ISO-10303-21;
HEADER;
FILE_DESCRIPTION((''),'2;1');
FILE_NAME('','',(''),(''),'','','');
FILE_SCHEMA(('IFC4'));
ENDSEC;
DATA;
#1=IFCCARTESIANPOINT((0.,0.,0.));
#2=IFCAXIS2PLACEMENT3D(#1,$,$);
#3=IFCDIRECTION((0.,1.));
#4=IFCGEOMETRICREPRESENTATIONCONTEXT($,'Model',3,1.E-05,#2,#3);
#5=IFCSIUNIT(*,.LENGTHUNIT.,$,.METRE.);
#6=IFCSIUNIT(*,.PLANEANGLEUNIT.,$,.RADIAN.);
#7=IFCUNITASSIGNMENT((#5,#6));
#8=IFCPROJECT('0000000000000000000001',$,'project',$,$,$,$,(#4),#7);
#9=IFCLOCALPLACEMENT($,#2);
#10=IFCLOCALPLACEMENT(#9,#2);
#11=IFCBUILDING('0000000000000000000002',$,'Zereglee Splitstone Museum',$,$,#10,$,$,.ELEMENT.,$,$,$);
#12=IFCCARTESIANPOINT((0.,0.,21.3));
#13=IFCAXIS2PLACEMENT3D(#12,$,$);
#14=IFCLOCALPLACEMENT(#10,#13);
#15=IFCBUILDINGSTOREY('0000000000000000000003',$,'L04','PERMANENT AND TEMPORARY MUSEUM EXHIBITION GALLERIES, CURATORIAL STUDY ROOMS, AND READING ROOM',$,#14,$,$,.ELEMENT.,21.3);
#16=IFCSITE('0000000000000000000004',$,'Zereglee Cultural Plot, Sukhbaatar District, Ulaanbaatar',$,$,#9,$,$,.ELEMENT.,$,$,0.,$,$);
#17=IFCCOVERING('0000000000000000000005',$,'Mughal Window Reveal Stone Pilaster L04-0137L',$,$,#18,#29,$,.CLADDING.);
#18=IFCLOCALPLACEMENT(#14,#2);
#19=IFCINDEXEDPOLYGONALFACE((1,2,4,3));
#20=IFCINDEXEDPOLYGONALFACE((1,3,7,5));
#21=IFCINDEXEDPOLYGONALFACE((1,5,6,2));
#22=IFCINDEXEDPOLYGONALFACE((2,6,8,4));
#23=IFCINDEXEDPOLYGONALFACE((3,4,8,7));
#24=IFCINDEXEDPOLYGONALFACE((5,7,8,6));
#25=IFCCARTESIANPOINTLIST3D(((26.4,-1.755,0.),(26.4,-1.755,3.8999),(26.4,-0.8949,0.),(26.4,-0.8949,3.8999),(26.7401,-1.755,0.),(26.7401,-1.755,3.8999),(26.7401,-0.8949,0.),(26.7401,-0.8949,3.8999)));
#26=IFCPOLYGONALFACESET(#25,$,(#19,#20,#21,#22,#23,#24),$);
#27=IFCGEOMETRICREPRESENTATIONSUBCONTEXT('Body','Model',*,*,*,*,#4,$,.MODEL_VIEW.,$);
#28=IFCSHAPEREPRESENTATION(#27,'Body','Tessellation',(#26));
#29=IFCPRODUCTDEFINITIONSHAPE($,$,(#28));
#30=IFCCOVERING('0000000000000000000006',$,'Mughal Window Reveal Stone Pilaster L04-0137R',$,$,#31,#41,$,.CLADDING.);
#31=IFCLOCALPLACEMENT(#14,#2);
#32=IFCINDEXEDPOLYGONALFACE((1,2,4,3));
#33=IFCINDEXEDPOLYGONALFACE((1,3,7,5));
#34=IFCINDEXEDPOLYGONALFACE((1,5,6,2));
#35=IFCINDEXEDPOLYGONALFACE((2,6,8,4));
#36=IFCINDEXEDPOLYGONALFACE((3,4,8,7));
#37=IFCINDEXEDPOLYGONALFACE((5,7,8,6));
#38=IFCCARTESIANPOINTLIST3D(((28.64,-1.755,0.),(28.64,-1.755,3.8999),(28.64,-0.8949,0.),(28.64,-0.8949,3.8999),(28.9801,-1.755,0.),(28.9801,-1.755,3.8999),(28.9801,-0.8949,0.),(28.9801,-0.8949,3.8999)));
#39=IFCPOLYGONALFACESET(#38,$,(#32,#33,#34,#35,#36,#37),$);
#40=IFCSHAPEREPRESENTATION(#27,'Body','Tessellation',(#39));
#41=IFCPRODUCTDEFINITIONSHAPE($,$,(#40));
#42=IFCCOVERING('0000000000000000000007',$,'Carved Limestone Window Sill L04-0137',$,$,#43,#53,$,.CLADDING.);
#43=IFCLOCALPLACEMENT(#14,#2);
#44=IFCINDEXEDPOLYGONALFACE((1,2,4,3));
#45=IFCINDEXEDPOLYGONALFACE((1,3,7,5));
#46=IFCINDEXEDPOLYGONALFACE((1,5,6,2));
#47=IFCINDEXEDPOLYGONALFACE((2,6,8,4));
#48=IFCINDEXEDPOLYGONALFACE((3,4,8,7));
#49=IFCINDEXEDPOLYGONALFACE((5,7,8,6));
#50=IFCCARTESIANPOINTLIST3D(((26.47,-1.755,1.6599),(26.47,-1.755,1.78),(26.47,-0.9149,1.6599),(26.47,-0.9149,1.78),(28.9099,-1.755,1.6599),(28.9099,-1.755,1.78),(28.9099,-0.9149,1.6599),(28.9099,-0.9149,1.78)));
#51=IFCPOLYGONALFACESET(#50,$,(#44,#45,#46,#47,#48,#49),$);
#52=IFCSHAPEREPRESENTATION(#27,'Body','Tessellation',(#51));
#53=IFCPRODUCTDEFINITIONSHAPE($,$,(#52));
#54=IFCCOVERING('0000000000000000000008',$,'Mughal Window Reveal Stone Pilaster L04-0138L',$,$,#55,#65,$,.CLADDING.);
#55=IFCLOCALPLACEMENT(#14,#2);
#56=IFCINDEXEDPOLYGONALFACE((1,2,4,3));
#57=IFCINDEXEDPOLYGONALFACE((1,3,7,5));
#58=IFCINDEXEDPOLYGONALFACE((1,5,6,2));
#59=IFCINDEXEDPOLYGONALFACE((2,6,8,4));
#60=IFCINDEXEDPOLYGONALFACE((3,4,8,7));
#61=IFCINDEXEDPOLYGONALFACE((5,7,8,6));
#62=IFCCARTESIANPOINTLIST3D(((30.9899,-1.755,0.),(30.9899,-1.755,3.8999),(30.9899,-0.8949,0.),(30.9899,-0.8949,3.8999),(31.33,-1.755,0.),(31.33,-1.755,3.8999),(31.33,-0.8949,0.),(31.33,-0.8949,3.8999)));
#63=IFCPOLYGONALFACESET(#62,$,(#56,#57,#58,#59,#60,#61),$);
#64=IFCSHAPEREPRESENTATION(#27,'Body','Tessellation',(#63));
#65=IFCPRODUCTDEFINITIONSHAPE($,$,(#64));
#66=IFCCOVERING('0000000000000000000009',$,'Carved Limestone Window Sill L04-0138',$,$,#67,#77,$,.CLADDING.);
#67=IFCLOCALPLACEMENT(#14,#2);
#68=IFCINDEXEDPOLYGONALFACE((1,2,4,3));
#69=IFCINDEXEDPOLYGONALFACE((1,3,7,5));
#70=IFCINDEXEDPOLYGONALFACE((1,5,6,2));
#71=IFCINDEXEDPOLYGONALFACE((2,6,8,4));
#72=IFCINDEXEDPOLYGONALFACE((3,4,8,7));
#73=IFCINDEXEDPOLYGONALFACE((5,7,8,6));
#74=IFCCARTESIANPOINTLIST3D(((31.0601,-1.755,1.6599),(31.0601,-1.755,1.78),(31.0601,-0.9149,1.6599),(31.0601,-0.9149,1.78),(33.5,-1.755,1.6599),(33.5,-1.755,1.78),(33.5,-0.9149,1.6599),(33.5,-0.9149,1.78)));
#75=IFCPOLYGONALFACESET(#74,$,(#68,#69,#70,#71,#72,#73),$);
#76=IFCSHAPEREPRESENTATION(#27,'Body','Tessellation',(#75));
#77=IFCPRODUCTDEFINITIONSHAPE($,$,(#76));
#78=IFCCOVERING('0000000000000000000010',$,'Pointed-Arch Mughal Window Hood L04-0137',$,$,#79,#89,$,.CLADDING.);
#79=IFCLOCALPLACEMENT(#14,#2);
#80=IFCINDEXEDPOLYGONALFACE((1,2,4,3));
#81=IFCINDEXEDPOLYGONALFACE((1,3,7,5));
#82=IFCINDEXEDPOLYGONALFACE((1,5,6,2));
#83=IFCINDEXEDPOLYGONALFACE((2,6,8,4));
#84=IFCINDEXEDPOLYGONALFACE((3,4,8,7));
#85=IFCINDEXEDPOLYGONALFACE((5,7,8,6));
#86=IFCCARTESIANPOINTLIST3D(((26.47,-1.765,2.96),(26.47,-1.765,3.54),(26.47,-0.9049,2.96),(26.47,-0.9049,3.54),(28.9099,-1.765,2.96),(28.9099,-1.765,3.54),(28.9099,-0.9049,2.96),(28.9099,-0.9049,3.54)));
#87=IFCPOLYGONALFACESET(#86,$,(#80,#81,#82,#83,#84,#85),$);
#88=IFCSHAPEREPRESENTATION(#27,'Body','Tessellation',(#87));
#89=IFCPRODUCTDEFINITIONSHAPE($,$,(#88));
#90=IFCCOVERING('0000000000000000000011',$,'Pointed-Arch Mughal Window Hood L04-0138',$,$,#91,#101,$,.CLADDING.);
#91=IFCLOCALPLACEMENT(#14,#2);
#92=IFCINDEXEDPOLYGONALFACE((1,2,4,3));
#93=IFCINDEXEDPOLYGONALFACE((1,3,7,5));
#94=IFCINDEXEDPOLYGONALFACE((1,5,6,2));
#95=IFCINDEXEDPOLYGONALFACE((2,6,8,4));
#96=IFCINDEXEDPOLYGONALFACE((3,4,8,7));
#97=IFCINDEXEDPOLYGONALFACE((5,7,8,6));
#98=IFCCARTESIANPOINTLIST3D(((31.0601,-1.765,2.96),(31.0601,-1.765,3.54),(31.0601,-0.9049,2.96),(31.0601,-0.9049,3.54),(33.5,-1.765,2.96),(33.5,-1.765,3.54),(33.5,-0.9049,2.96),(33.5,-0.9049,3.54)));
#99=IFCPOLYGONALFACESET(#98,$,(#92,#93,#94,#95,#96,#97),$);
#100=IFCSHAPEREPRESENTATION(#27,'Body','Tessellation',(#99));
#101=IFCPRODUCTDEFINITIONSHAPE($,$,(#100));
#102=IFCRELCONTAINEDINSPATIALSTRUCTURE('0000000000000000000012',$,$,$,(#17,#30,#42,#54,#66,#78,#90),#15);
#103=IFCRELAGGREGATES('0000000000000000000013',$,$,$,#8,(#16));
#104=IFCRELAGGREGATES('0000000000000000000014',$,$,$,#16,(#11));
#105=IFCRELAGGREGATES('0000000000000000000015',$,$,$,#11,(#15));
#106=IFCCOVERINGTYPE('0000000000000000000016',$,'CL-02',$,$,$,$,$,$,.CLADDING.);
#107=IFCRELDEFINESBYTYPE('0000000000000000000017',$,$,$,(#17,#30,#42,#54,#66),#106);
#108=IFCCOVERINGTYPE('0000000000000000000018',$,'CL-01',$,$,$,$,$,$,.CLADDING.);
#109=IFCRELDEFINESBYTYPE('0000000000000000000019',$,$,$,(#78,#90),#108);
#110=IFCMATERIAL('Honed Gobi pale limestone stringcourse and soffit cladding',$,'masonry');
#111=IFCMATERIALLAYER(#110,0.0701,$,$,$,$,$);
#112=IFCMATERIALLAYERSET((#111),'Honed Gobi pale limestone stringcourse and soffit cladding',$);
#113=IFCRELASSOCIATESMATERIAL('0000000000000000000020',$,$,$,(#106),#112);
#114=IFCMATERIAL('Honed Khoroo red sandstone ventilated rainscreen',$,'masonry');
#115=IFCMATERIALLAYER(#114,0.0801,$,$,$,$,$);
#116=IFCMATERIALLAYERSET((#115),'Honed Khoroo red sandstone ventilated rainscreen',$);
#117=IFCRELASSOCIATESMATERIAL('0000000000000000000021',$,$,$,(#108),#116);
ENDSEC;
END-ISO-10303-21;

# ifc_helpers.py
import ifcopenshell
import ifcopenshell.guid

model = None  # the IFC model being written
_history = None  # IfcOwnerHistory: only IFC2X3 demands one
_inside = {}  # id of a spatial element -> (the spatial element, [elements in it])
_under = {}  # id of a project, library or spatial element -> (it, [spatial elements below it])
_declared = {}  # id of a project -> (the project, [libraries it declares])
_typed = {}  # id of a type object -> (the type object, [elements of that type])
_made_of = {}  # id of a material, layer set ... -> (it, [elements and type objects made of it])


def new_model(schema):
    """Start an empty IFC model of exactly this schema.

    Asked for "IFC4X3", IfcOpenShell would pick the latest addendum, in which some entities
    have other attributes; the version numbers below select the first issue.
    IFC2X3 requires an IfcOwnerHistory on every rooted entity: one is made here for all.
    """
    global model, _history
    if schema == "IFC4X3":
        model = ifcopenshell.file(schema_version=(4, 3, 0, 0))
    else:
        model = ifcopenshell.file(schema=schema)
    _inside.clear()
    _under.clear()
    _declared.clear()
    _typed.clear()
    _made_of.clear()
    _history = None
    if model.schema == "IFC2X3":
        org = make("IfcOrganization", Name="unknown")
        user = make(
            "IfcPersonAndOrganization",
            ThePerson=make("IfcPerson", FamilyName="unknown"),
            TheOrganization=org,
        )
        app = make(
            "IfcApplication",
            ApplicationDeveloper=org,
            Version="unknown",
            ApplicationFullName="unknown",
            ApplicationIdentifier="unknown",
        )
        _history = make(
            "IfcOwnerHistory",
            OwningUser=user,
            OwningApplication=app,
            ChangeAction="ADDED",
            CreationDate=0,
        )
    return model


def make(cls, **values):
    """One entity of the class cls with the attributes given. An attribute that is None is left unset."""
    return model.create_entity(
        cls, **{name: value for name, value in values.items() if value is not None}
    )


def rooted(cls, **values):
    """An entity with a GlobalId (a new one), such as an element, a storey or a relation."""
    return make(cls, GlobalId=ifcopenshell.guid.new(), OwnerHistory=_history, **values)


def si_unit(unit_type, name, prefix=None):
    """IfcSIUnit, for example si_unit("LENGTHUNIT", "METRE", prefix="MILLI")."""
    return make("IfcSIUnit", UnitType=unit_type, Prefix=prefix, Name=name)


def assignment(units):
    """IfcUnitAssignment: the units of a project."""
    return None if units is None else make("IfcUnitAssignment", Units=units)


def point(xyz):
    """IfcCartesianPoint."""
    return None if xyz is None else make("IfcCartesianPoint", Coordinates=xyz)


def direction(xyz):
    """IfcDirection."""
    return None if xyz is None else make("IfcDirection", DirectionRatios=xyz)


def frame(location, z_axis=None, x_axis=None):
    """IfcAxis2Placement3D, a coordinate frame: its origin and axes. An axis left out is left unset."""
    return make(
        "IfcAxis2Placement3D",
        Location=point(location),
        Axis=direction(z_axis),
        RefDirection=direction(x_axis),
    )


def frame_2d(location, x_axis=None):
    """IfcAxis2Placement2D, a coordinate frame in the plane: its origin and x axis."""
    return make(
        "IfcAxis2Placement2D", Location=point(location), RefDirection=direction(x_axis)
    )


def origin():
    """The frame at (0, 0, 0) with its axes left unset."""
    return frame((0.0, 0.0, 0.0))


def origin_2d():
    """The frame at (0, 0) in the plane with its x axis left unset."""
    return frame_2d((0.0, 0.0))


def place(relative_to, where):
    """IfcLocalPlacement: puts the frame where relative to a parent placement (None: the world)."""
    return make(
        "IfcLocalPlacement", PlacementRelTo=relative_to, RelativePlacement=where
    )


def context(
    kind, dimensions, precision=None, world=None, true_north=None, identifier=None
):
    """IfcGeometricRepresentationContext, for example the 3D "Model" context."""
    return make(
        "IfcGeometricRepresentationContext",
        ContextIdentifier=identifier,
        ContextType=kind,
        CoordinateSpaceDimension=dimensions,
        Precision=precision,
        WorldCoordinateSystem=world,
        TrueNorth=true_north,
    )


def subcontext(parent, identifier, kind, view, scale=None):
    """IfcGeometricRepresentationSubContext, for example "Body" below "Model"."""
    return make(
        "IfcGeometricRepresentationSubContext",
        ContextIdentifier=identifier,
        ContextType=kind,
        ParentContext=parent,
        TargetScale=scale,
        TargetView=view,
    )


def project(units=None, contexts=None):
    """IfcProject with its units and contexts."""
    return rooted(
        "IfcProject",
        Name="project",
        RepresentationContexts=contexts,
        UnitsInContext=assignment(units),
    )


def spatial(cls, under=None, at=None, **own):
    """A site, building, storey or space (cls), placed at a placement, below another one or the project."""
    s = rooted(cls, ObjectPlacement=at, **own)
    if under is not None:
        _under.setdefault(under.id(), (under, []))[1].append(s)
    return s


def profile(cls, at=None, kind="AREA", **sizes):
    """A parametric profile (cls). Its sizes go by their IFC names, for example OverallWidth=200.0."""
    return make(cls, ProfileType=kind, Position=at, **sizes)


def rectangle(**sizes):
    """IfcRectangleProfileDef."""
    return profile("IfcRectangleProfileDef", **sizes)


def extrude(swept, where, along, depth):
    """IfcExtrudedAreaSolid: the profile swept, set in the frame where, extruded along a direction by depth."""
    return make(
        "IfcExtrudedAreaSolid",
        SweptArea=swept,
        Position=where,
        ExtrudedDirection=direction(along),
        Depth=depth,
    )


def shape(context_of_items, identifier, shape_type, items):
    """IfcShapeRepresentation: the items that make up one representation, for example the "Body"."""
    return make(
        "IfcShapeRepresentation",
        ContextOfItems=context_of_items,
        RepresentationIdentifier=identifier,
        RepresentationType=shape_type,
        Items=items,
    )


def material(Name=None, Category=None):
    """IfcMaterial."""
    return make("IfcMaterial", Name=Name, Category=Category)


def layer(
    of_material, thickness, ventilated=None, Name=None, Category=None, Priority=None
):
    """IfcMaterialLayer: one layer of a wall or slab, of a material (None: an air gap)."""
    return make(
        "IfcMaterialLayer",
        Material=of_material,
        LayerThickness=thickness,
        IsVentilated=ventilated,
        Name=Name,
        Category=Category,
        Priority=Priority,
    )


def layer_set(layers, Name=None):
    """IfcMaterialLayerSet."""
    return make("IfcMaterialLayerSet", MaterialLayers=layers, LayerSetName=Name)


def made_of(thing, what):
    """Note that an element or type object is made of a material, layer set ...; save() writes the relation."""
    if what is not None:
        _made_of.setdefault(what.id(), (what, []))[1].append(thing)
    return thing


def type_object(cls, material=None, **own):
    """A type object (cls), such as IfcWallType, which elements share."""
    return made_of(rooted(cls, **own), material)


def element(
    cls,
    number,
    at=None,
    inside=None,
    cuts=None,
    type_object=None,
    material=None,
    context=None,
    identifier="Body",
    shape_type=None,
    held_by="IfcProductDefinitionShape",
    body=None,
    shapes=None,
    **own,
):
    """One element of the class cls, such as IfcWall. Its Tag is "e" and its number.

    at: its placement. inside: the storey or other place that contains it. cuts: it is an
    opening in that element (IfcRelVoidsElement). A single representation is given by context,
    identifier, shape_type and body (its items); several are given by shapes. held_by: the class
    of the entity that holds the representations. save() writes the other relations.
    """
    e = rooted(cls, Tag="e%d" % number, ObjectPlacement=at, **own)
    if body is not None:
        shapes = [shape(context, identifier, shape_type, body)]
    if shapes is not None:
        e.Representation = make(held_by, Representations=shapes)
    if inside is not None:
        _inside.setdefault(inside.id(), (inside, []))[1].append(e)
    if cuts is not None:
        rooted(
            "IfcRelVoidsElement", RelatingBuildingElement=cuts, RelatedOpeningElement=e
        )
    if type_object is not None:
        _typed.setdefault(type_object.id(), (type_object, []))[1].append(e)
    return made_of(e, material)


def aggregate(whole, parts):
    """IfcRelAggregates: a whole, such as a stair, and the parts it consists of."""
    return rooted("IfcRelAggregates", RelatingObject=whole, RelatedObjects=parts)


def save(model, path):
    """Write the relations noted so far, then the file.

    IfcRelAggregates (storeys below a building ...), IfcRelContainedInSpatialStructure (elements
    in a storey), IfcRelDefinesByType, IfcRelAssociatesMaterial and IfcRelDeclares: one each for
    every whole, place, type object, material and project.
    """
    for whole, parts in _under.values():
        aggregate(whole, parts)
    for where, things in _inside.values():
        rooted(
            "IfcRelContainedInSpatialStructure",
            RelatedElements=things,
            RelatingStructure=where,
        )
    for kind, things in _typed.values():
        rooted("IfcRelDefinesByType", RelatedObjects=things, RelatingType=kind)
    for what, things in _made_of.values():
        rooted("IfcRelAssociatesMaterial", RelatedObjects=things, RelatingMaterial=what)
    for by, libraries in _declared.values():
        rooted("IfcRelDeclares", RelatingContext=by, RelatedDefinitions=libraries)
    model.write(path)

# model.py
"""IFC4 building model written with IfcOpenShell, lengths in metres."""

from ifc_helpers import new_model, si_unit, direction, frame, origin, origin_2d, place, context, subcontext, project, spatial, rectangle, extrude, material, layer, layer_set, type_object, element, save


model = new_model("IFC4")

# Units and contexts
model_context = context("Model", 3, precision=1e-05, world=origin(), true_north=direction((0.0, 1.0)))
body_context = subcontext(model_context, "Body", "Model", "MODEL_VIEW")
ifc_project = project(units=[si_unit("LENGTHUNIT", "METRE"), si_unit("PLANEANGLEUNIT", "RADIAN")], contexts=[model_context])

# Site, building, storey
site_placement = place(None, origin())
site = spatial("IfcSite", under=ifc_project, at=site_placement, Name="Zereglee Cultural Plot, Sukhbaatar District, Ulaanbaatar", CompositionType="ELEMENT", RefElevation=0.0)
building_placement = place(site_placement, origin())
building = spatial("IfcBuilding", under=site, at=building_placement, Name="Zereglee Splitstone Museum", CompositionType="ELEMENT")
storey_placement = place(building_placement, frame((0.0, 0.0, 21.3)))
storey = spatial("IfcBuildingStorey", under=building, at=storey_placement, Name="L04", Description="PERMANENT AND TEMPORARY MUSEUM EXHIBITION GALLERIES, CURATORIAL STUDY ROOMS, AND READING ROOM", CompositionType="ELEMENT", Elevation=21.3)

# Coverings
ifc_material_1 = material(Name="Honed Gobi pale limestone stringcourse and soffit cladding", Category="masonry")
ifc_layer_1 = layer(ifc_material_1, 0.0701)
ifc_layer_set_1 = layer_set([ifc_layer_1], Name="Honed Gobi pale limestone stringcourse and soffit cladding")
covering_type_1 = type_object("IfcCoveringType", Name="CL-02", PredefinedType="CLADDING", material=ifc_layer_set_1)
for number, where, z_axis, x_axis, name in (
    (1, (26.5701, -1.325, 0.0), (0.0, 0.0, 1.0), (1.0, 0.0, 0.0), "Mughal Window Reveal Stone Pilaster L04-0137L"),
    (2, (28.8101, -1.325, 0.0), (0.0, 0.0, 1.0), (1.0, 0.0, 0.0), "Mughal Window Reveal Stone Pilaster L04-0137R"),
):
    element("IfcCovering", number, at=place(storey_placement, frame(where, z_axis=z_axis, x_axis=x_axis)), inside=storey, type_object=covering_type_1, Name=name, PredefinedType="CLADDING", context=body_context, shape_type="SweptSolid", body=[
        extrude(rectangle(XDim=0.3401, YDim=0.8601, at=origin_2d()), origin(), (0.0, 0.0, 1.0), 3.8999),
    ])
covering_1_placement = place(storey_placement, frame((27.6899, -1.335, 1.6599), z_axis=(0.0, 0.0, 1.0), x_axis=(1.0, 0.0, 0.0)))
element("IfcCovering", 3, at=covering_1_placement, inside=storey, type_object=covering_type_1, Name="Carved Limestone Window Sill L04-0137", PredefinedType="CLADDING", context=body_context, shape_type="SweptSolid", body=[
    extrude(rectangle(XDim=2.4399, YDim=0.8401, at=origin_2d()), origin(), (0.0, 0.0, 1.0), 0.1201),
])
covering_2_placement = place(storey_placement, frame((31.1599, -1.325, 0.0), z_axis=(0.0, 0.0, 1.0), x_axis=(1.0, 0.0, 0.0)))
element("IfcCovering", 4, at=covering_2_placement, inside=storey, type_object=covering_type_1, Name="Mughal Window Reveal Stone Pilaster L04-0138L", PredefinedType="CLADDING", context=body_context, shape_type="SweptSolid", body=[
    extrude(rectangle(XDim=0.3401, YDim=0.8601, at=origin_2d()), origin(), (0.0, 0.0, 1.0), 3.8999),
])
covering_3_placement = place(storey_placement, frame((32.28, -1.335, 1.6599), z_axis=(0.0, 0.0, 1.0), x_axis=(1.0, 0.0, 0.0)))
element("IfcCovering", 5, at=covering_3_placement, inside=storey, type_object=covering_type_1, Name="Carved Limestone Window Sill L04-0138", PredefinedType="CLADDING", context=body_context, shape_type="SweptSolid", body=[
    extrude(rectangle(XDim=2.4399, YDim=0.8401, at=origin_2d()), origin(), (0.0, 0.0, 1.0), 0.1201),
])
ifc_material_2 = material(Name="Honed Khoroo red sandstone ventilated rainscreen", Category="masonry")
ifc_layer_2 = layer(ifc_material_2, 0.0801)
ifc_layer_set_2 = layer_set([ifc_layer_2], Name="Honed Khoroo red sandstone ventilated rainscreen")
covering_type_2 = type_object("IfcCoveringType", Name="CL-01", PredefinedType="CLADDING", material=ifc_layer_set_2)
for number, where, z_axis, x_axis, name in (
    (6, (27.6899, -1.335, 2.96), (0.0, 0.0, 1.0), (1.0, 0.0, 0.0), "Pointed-Arch Mughal Window Hood L04-0137"),
    (7, (32.28, -1.335, 2.96), (0.0, 0.0, 1.0), (1.0, 0.0, 0.0), "Pointed-Arch Mughal Window Hood L04-0138"),
):
    element("IfcCovering", number, at=place(storey_placement, frame(where, z_axis=z_axis, x_axis=x_axis)), inside=storey, type_object=covering_type_2, Name=name, PredefinedType="CLADDING", context=body_context, shape_type="SweptSolid", body=[
        extrude(rectangle(XDim=2.4399, YDim=0.8601, at=origin_2d()), origin(), (0.0, 0.0, 1.0), 0.5801),
    ])

save(model, "model.ifc")
